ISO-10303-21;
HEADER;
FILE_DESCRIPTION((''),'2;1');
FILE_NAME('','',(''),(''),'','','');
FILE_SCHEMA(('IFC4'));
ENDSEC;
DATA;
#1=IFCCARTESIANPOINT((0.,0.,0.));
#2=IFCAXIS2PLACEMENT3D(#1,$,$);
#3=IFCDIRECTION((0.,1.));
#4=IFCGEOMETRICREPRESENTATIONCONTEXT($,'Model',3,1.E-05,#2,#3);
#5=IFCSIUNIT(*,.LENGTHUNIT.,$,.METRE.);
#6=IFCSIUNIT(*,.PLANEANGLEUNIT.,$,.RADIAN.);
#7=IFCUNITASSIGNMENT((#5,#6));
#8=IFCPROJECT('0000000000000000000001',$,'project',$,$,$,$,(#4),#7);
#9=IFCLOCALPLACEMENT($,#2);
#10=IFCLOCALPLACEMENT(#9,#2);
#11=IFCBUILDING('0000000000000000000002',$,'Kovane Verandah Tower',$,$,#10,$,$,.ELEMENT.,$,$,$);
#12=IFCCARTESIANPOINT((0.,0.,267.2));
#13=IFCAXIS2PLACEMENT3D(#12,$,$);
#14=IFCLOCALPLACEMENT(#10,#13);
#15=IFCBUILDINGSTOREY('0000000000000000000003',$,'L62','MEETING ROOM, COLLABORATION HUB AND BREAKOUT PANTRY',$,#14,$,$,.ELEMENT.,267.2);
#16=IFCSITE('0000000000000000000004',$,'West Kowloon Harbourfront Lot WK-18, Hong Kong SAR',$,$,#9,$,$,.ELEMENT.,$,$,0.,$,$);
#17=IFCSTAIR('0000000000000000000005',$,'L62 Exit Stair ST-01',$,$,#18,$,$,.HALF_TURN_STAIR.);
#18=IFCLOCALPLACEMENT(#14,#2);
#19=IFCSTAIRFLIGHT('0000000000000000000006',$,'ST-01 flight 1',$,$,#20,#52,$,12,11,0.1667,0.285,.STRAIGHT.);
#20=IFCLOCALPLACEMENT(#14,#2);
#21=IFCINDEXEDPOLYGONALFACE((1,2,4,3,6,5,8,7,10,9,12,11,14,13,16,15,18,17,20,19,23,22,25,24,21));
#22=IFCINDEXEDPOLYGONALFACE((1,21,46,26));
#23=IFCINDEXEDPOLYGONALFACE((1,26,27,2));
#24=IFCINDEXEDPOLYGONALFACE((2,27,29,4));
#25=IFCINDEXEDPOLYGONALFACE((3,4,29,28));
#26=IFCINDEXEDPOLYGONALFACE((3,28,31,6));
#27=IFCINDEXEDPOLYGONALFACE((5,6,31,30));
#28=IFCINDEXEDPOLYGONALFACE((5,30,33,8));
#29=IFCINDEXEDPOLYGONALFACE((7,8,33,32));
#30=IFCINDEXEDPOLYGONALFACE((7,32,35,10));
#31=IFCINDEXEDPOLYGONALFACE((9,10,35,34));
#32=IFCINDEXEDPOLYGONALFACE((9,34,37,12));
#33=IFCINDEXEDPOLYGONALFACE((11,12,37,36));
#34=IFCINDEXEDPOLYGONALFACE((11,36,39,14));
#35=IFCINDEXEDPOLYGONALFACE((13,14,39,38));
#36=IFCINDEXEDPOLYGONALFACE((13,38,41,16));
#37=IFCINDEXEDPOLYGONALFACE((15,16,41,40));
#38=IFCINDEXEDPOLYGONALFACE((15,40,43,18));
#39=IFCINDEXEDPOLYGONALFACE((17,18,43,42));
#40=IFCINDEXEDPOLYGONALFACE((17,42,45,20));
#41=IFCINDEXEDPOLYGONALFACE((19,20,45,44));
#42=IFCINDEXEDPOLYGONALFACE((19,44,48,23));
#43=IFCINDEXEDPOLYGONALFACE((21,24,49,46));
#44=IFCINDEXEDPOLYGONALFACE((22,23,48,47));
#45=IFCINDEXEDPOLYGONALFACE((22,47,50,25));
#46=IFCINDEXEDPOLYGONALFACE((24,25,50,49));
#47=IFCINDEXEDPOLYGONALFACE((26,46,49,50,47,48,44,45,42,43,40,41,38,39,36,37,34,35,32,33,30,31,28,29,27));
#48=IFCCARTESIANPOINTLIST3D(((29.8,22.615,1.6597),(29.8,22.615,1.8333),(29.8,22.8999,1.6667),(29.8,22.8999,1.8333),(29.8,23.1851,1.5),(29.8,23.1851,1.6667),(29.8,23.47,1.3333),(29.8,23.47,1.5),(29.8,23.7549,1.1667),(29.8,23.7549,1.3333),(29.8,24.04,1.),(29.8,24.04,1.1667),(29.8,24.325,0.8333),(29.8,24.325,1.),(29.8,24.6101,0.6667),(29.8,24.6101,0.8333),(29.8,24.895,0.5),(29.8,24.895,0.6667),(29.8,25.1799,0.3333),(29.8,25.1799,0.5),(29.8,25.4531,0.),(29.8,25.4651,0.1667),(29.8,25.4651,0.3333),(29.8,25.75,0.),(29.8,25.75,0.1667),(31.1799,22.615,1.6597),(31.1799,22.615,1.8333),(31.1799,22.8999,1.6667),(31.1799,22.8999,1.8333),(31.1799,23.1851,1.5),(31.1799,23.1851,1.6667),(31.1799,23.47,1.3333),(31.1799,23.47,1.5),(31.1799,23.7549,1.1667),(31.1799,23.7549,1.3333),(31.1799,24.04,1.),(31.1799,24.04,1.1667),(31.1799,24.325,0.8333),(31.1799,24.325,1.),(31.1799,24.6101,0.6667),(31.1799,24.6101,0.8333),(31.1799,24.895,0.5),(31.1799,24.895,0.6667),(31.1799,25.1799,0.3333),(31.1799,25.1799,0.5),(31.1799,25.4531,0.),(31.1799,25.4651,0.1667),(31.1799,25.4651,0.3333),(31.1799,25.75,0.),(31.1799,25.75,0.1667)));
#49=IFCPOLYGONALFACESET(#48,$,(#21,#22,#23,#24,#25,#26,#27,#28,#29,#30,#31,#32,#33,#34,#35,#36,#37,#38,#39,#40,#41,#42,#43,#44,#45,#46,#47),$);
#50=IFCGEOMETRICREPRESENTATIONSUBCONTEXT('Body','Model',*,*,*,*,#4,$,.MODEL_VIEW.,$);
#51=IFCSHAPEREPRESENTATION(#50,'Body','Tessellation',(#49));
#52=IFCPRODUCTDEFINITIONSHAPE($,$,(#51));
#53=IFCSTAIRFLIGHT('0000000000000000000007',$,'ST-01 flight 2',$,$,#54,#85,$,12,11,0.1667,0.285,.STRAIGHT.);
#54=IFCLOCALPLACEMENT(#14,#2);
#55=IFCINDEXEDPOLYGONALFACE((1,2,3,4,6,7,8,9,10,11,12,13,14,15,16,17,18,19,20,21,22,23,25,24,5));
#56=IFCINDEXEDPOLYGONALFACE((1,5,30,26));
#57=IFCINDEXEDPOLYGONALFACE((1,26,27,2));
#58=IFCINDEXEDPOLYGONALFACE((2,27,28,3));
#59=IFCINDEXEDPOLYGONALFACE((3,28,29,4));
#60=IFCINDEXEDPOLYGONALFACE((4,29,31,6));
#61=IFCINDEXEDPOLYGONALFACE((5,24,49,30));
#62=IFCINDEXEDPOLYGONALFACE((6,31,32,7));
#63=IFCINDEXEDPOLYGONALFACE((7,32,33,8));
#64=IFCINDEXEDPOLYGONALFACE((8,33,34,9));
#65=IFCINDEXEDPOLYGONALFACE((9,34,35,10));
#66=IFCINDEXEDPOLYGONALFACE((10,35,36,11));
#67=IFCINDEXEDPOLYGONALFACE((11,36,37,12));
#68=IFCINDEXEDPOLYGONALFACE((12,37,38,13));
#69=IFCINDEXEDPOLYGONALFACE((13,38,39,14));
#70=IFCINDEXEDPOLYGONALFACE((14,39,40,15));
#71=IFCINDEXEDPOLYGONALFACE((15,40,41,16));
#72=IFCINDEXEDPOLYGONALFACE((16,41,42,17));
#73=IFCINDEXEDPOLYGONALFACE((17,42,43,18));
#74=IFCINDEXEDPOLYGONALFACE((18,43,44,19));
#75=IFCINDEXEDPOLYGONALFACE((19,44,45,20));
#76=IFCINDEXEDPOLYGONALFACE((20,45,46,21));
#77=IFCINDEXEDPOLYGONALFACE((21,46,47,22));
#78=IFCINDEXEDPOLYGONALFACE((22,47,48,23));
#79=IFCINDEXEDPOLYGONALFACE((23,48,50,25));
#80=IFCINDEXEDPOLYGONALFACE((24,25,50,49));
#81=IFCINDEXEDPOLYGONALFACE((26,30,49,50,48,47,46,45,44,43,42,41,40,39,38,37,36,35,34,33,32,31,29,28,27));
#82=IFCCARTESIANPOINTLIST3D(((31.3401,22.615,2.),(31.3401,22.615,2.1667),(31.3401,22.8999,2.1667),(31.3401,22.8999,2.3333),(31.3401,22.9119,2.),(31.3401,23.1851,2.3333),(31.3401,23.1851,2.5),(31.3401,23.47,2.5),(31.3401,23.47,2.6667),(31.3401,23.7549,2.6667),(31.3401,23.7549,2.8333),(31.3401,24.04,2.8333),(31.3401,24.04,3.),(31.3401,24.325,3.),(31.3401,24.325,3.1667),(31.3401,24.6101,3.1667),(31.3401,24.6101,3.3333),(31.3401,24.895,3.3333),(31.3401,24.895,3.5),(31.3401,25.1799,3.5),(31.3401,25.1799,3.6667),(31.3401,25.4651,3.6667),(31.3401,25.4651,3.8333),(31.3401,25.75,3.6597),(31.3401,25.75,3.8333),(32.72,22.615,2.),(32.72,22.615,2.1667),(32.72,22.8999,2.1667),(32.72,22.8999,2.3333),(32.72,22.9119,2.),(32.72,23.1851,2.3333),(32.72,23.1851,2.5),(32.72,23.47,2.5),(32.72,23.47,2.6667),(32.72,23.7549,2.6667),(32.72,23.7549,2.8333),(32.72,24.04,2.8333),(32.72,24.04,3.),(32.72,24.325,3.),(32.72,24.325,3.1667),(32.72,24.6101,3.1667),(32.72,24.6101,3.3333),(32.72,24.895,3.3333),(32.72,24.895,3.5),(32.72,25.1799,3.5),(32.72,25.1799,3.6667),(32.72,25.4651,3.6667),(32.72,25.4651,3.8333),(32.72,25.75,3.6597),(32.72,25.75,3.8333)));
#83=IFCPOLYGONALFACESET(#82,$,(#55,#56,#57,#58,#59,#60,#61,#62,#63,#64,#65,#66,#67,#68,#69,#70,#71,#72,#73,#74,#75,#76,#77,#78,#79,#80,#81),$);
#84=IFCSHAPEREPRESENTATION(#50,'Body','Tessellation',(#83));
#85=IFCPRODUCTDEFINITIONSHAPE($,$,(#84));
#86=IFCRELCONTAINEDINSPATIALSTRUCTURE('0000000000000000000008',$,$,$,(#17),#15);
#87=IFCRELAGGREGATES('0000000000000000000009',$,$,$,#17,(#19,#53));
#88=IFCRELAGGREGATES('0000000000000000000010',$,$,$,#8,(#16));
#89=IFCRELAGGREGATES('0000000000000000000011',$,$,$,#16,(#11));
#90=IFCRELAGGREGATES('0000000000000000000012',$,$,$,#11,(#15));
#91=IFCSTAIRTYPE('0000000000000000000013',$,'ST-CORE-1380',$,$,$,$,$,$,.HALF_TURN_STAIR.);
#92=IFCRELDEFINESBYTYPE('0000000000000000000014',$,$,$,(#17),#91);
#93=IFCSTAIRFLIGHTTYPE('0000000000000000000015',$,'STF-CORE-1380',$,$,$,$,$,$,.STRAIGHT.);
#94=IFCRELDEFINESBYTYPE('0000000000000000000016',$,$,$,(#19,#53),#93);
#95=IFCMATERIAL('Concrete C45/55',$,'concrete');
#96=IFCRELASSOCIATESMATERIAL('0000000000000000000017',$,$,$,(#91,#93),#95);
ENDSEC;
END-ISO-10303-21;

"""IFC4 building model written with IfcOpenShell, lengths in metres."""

from ifc_helpers import new_model, si_unit, direction, frame, origin, place, context, subcontext, project, spatial, polyline, outline, extrude, material, type_object, element, aggregate, save


model = new_model("IFC4")

# Units and contexts
model_context = context("Model", 3, precision=1e-05, world=origin(), true_north=direction((0.0, 1.0)))
body_context = subcontext(model_context, "Body", "Model", "MODEL_VIEW")
ifc_project = project(units=[si_unit("LENGTHUNIT", "METRE"), si_unit("PLANEANGLEUNIT", "RADIAN")], contexts=[model_context])

# Site, building, storey
site_placement = place(None, origin())
site = spatial("IfcSite", under=ifc_project, at=site_placement, Name="West Kowloon Harbourfront Lot WK-18, Hong Kong SAR", CompositionType="ELEMENT", RefElevation=0.0)
building_placement = place(site_placement, origin())
building = spatial("IfcBuilding", under=site, at=building_placement, Name="Kovane Verandah Tower", CompositionType="ELEMENT")
storey_placement = place(building_placement, frame((0.0, 0.0, 267.2)))
storey = spatial("IfcBuildingStorey", under=building, at=storey_placement, Name="L62", Description="MEETING ROOM, COLLABORATION HUB AND BREAKOUT PANTRY", CompositionType="ELEMENT", Elevation=267.2)

# Shared definitions
ifc_material_1 = material(Name="Concrete C45/55", Category="concrete")

# Stair, stair flights
stair_type = type_object("IfcStairType", Name="ST-CORE-1380", PredefinedType="HALF_TURN_STAIR", material=ifc_material_1)
stair_placement = place(storey_placement, origin())
stair = element("IfcStair", 1, at=stair_placement, inside=storey, type_object=stair_type, Name="L62 Exit Stair ST-01", PredefinedType="HALF_TURN_STAIR")
stair_flight_type = type_object("IfcStairFlightType", Name="STF-CORE-1380", PredefinedType="STRAIGHT", material=ifc_material_1)
stair_flight_1_placement = place(storey_placement, frame((30.49, 25.75, 0.0), z_axis=(0.0, 0.0, 1.0), x_axis=(0.0, -1.0, 0.0)))
stair_flight_1 = element("IfcStairFlight", 2, at=stair_flight_1_placement, type_object=stair_flight_type, Name="ST-01 flight 1", NumberOfRisers=12, NumberOfTreads=11, PredefinedType="STRAIGHT", RiserHeight=0.1667, TreadLength=0.285, context=body_context, shape_type="SweptSolid", body=[
    extrude(outline(polyline([(0.0, 0.0), (0.0, 0.1667), (0.2849, 0.1667), (0.2849, 0.3333), (0.5701, 0.3333), (0.5701, 0.5), (0.855, 0.5), (0.855, 0.6667), (1.1399, 0.6667), (1.1399, 0.8333), (1.425, 0.8333), (1.425, 1.0), (1.71, 1.0), (1.71, 1.1667), (1.9951, 1.1667), (1.9951, 1.3333), (2.28, 1.3333), (2.28, 1.5), (2.5649, 1.5), (2.5649, 1.6667), (2.8501, 1.6667), (2.8501, 1.8333), (3.135, 1.8333), (3.135, 2.0), (3.135, 1.6597), (0.2969, 0.0), (0.0, 0.0)])), frame((0.0, 0.6899, 0.0), z_axis=(0.0, -1.0, 0.0), x_axis=(1.0, 0.0, 0.0)), (0.0, 0.0, 1.0), 1.3799),
])
stair_flight_2_placement = place(storey_placement, frame((32.03, 22.615, 2.0), z_axis=(0.0, 0.0, 1.0), x_axis=(0.0, 1.0, 0.0)))
stair_flight_2 = element("IfcStairFlight", 3, at=stair_flight_2_placement, type_object=stair_flight_type, Name="ST-01 flight 2", NumberOfRisers=12, NumberOfTreads=11, PredefinedType="STRAIGHT", RiserHeight=0.1667, TreadLength=0.285, context=body_context, shape_type="SweptSolid", body=[
    extrude(outline(polyline([(0.0, 0.0), (0.0, 0.1667), (0.2849, 0.1667), (0.2849, 0.3333), (0.5701, 0.3333), (0.5701, 0.5), (0.855, 0.5), (0.855, 0.6667), (1.1399, 0.6667), (1.1399, 0.8333), (1.425, 0.8333), (1.425, 1.0), (1.71, 1.0), (1.71, 1.1667), (1.9951, 1.1667), (1.9951, 1.3333), (2.28, 1.3333), (2.28, 1.5), (2.5649, 1.5), (2.5649, 1.6667), (2.8501, 1.6667), (2.8501, 1.8333), (3.135, 1.8333), (3.135, 2.0), (3.135, 1.6597), (0.2969, 0.0), (0.0, 0.0)])), frame((0.0, 0.6899, 0.0), z_axis=(0.0, -1.0, 0.0), x_axis=(1.0, 0.0, 0.0)), (0.0, 0.0, 1.0), 1.3799),
])
aggregate(stair, [stair_flight_1, stair_flight_2])

save(model, "model.ifc")
